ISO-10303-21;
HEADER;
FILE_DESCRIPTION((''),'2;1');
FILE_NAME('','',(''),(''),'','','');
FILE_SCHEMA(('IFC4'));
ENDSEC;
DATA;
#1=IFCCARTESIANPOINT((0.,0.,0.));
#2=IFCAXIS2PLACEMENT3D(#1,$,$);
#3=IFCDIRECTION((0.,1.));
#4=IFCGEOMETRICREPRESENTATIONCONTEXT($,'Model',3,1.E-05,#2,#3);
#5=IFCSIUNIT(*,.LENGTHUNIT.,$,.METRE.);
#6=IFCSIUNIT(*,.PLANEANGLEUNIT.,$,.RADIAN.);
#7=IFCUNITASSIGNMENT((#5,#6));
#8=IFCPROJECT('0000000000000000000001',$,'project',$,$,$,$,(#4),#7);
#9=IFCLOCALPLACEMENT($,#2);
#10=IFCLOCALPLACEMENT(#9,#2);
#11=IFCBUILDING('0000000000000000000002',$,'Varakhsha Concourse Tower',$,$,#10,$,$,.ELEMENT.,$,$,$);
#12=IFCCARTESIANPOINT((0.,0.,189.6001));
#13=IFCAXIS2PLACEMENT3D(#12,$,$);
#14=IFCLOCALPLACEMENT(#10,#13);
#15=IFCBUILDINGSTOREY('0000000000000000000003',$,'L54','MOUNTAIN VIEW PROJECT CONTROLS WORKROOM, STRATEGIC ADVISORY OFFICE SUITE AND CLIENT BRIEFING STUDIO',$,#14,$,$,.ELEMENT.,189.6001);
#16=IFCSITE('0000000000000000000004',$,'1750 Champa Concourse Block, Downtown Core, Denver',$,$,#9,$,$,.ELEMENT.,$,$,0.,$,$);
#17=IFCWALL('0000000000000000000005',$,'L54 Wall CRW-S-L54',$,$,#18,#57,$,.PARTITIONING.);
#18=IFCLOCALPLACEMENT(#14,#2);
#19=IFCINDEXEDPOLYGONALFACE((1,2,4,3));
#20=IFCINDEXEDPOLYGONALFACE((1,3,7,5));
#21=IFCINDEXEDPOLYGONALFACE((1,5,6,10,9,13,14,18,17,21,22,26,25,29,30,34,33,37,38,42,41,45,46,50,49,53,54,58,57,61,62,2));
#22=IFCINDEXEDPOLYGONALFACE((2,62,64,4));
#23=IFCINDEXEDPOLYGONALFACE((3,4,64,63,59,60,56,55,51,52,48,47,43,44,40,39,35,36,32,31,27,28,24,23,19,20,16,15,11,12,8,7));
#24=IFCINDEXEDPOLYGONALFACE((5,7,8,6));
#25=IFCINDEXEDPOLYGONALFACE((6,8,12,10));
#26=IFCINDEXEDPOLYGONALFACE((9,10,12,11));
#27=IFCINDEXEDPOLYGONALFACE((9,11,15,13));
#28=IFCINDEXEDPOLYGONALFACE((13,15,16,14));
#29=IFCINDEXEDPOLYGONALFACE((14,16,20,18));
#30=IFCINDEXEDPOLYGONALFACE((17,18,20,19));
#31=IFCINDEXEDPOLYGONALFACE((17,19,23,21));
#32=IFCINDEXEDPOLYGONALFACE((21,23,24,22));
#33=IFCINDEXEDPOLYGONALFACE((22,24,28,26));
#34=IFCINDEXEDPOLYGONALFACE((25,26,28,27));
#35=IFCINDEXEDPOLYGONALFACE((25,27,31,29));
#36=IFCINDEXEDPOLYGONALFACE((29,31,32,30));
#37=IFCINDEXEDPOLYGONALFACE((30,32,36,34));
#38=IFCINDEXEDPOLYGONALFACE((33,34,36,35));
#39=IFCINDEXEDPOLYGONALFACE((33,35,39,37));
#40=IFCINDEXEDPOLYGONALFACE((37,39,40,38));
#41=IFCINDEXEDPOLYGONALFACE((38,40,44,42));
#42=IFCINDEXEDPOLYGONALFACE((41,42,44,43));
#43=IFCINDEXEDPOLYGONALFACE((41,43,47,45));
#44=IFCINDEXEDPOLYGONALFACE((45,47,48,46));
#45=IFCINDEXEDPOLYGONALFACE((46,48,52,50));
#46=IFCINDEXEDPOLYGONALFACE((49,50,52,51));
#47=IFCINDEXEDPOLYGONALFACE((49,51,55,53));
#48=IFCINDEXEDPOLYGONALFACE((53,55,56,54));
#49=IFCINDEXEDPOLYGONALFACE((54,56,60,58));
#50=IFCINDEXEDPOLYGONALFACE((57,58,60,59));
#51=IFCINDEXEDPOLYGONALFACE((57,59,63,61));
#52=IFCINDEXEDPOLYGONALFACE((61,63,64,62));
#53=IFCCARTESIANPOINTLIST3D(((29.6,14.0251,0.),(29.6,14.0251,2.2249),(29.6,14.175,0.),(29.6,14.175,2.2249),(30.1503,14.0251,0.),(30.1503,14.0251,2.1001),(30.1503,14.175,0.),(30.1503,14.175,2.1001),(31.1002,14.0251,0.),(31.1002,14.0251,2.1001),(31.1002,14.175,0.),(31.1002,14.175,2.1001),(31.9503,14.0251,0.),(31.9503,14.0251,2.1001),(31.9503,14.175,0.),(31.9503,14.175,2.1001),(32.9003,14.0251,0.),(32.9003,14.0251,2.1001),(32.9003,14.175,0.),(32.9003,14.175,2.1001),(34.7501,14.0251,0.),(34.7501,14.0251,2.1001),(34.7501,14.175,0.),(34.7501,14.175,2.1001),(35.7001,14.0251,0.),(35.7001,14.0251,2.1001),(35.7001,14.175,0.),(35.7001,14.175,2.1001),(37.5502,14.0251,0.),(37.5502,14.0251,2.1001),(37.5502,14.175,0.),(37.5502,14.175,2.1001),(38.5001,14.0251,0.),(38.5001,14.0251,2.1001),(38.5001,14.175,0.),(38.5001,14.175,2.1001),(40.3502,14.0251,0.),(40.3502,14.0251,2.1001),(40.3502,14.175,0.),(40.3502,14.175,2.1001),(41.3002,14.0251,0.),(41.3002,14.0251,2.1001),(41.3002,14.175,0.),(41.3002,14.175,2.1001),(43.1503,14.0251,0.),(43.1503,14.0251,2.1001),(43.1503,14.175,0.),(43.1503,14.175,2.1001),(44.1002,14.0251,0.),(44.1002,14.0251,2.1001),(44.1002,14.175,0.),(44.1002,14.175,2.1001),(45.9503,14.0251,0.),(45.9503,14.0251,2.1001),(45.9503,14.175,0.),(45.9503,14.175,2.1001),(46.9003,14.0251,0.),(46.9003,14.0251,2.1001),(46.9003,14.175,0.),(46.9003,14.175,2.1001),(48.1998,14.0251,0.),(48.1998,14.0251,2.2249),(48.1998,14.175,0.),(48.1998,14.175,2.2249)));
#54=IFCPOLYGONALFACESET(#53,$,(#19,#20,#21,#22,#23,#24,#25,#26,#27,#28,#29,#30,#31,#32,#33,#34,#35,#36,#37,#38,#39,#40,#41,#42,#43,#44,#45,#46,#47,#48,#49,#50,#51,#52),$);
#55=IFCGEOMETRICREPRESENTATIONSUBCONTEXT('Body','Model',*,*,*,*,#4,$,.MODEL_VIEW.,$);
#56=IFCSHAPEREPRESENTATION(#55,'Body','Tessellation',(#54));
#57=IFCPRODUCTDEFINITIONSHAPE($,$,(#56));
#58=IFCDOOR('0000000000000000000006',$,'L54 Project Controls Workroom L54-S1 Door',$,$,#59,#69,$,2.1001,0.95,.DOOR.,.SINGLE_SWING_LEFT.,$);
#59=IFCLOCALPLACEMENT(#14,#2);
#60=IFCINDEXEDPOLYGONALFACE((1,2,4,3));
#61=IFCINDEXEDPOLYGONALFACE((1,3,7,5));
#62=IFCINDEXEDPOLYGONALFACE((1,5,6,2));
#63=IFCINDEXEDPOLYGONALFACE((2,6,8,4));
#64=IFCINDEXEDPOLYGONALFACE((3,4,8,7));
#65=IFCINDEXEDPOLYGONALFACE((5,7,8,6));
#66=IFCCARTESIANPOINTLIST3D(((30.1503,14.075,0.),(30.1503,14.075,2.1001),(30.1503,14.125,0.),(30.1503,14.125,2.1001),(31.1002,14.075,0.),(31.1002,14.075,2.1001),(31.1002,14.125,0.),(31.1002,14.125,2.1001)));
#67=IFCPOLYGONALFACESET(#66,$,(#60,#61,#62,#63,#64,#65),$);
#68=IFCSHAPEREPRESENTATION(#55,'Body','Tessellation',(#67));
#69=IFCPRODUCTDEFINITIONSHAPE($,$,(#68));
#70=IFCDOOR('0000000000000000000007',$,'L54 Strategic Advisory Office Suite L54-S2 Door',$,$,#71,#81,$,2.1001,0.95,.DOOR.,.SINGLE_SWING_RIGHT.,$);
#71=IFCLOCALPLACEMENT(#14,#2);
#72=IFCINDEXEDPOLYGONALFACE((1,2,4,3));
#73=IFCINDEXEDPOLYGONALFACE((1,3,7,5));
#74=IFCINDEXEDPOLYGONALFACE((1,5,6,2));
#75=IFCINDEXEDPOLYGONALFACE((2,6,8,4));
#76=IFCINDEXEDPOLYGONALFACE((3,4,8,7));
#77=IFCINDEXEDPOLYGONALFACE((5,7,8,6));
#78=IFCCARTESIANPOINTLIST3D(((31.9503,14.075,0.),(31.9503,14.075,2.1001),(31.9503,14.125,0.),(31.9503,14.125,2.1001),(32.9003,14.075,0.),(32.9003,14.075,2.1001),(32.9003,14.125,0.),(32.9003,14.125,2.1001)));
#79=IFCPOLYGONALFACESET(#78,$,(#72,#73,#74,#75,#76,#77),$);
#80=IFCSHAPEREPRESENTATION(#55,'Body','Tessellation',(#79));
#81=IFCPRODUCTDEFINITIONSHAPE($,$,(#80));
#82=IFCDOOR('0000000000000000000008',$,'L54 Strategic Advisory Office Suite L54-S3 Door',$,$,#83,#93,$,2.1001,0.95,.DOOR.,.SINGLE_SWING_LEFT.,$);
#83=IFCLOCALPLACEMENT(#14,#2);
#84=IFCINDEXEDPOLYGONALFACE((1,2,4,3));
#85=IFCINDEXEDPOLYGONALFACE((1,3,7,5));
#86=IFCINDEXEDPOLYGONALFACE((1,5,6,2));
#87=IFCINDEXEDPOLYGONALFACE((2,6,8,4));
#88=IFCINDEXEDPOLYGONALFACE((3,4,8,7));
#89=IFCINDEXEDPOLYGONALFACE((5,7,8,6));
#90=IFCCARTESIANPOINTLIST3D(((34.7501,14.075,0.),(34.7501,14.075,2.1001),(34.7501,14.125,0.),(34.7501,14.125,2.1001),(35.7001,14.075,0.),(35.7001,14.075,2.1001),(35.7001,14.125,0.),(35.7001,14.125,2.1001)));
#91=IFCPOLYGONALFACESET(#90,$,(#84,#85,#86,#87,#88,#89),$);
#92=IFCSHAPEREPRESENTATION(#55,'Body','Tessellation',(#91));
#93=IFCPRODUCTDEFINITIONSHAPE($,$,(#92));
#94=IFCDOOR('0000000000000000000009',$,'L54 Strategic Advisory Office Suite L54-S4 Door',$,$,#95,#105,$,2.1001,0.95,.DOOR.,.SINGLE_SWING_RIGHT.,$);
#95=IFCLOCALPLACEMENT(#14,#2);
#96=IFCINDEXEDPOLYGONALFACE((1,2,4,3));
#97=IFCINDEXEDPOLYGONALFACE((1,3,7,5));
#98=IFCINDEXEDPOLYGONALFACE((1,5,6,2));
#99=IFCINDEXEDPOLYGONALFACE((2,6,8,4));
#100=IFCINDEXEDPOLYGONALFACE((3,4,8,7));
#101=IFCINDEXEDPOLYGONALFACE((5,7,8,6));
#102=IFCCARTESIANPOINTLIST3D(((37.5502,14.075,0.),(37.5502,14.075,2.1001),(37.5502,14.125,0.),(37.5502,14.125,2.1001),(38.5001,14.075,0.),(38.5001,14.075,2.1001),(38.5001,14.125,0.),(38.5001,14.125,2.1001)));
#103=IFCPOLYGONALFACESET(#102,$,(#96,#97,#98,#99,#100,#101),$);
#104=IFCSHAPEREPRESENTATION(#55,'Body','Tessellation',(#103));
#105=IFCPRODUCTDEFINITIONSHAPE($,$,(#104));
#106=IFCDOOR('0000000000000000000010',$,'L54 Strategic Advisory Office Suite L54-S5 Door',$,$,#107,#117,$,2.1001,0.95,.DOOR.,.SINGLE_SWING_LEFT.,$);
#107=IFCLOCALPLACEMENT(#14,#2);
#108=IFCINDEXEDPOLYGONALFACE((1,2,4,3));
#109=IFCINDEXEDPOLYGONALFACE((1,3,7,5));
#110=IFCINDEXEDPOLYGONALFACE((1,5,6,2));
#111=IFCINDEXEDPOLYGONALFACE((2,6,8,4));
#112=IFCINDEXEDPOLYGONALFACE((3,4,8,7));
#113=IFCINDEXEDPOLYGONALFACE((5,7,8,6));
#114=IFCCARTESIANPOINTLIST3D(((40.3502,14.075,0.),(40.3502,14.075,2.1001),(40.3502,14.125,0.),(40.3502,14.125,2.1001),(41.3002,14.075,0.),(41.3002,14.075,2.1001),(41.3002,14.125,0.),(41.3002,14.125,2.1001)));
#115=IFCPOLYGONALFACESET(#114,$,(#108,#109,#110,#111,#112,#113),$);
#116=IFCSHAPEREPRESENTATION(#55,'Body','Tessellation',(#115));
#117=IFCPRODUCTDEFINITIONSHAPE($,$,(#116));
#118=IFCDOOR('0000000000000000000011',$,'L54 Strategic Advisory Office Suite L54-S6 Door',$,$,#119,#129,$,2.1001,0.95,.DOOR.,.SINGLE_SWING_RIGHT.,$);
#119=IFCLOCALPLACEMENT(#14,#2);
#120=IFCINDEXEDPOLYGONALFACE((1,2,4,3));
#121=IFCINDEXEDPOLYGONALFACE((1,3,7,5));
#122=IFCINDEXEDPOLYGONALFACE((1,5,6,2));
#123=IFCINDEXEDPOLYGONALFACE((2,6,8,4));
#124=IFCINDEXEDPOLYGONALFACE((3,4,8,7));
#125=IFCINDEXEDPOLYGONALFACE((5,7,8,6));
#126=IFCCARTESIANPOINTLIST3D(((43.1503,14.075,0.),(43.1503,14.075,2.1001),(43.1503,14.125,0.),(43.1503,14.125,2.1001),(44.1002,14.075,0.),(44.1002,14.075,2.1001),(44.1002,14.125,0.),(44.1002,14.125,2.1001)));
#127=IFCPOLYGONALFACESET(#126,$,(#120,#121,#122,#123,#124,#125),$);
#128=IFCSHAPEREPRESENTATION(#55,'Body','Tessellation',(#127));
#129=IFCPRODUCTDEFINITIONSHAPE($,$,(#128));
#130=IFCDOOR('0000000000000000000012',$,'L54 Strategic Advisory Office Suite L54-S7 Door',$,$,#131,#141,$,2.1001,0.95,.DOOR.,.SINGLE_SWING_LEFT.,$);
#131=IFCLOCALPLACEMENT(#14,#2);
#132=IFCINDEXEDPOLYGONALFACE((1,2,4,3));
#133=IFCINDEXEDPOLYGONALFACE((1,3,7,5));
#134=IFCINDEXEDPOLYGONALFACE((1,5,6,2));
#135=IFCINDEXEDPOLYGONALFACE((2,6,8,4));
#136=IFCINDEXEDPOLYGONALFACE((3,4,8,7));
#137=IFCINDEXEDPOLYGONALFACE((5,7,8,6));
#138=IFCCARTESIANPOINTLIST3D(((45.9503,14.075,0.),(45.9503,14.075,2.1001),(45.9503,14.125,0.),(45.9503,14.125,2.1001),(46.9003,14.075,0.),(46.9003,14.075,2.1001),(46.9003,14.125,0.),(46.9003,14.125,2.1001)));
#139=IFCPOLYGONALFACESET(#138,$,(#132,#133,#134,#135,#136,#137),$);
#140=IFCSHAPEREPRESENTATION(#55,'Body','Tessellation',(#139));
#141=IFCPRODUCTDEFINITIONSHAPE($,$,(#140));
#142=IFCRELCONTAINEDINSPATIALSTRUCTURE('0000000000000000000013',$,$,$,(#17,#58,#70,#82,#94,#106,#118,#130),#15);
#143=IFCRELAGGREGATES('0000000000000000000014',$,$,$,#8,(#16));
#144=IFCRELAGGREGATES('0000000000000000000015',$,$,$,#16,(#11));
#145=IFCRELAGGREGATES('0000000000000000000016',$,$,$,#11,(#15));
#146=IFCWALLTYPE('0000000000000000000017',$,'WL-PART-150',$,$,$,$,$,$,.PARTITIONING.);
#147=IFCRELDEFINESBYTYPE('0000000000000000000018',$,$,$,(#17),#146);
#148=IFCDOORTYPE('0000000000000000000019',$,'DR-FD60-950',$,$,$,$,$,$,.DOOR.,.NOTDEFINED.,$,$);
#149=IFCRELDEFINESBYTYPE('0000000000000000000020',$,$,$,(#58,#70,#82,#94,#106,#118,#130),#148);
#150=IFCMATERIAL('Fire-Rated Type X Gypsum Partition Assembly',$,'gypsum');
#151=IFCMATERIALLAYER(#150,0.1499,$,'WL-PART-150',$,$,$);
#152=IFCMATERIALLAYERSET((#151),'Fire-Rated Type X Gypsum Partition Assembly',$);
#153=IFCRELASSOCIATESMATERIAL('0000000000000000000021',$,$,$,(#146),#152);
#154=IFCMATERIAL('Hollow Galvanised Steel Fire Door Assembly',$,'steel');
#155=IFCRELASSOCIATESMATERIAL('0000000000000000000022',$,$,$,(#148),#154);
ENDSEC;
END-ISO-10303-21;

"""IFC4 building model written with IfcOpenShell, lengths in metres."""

from ifc_helpers import new_model, si_unit, direction, frame, frame_2d, origin, place, context, subcontext, project, spatial, rectangle, extrude, material, layer, layer_set, type_object, element, fill, save


model = new_model("IFC4")

# Units and contexts
model_context = context("Model", 3, precision=1e-05, world=origin(), true_north=direction((0.0, 1.0)))
body_context = subcontext(model_context, "Body", "Model", "MODEL_VIEW")
ifc_project = project(units=[si_unit("LENGTHUNIT", "METRE"), si_unit("PLANEANGLEUNIT", "RADIAN")], contexts=[model_context])

# Site, building, storey
site_placement = place(None, origin())
site = spatial("IfcSite", under=ifc_project, at=site_placement, Name="1750 Champa Concourse Block, Downtown Core, Denver", CompositionType="ELEMENT", RefElevation=0.0)
building_placement = place(site_placement, origin())
building = spatial("IfcBuilding", under=site, at=building_placement, Name="Varakhsha Concourse Tower", CompositionType="ELEMENT")
storey_placement = place(building_placement, frame((0.0, 0.0, 189.6001)))
storey = spatial("IfcBuildingStorey", under=building, at=storey_placement, Name="L54", Description="MOUNTAIN VIEW PROJECT CONTROLS WORKROOM, STRATEGIC ADVISORY OFFICE SUITE AND CLIENT BRIEFING STUDIO", CompositionType="ELEMENT", Elevation=189.6001)

# Wall, openings, doors
ifc_material_1 = material(Name="Fire-Rated Type X Gypsum Partition Assembly", Category="gypsum")
ifc_layer_1 = layer(ifc_material_1, 0.1499, Name="WL-PART-150")
ifc_layer_set_1 = layer_set([ifc_layer_1], Name="Fire-Rated Type X Gypsum Partition Assembly")
wall_type = type_object("IfcWallType", Name="WL-PART-150", PredefinedType="PARTITIONING", material=ifc_layer_set_1)
wall_1_placement = place(storey_placement, frame((29.6001, 14.1001, 0.0), z_axis=(0.0, 0.0, 1.0), x_axis=(1.0, 0.0, 0.0)))
wall_1 = element("IfcWall", 1, at=wall_1_placement, inside=storey, type_object=wall_type, Name="L54 Wall CRW-S-L54", PredefinedType="PARTITIONING", context=body_context, shape_type="SweptSolid", body=[
    extrude(rectangle(XDim=18.5999, YDim=0.1499, at=frame_2d((9.2998, 0.0))), origin(), (0.0, 0.0, 1.0), 2.2249),
])
opening_1_placement = place(wall_1_placement, frame((0.55, 0.0, 0.0)))
opening_1 = element("IfcOpeningElement", 2, at=opening_1_placement, cuts=wall_1, PredefinedType="OPENING", context=body_context, shape_type="SweptSolid", body=[
    extrude(rectangle(XDim=0.95, YDim=2.1001, at=frame_2d((0.4751, 1.05))), frame((0.0, 0.085, 0.0), z_axis=(0.0, -1.0, 0.0), x_axis=(1.0, 0.0, 0.0)), (0.0, 0.0, 1.0), 0.1699),
])
opening_2_placement = place(wall_1_placement, frame((2.3501, 0.0, 0.0)))
opening_2 = element("IfcOpeningElement", 3, at=opening_2_placement, cuts=wall_1, PredefinedType="OPENING", context=body_context, shape_type="SweptSolid", body=[
    extrude(rectangle(XDim=0.95, YDim=2.1001, at=frame_2d((0.4751, 1.05))), frame((0.0, 0.085, 0.0), z_axis=(0.0, -1.0, 0.0), x_axis=(1.0, 0.0, 0.0)), (0.0, 0.0, 1.0), 0.1699),
])
opening_3_placement = place(wall_1_placement, frame((5.1499, 0.0, 0.0)))
opening_3 = element("IfcOpeningElement", 4, at=opening_3_placement, cuts=wall_1, PredefinedType="OPENING", context=body_context, shape_type="SweptSolid", body=[
    extrude(rectangle(XDim=0.95, YDim=2.1001, at=frame_2d((0.4751, 1.05))), frame((0.0, 0.085, 0.0), z_axis=(0.0, -1.0, 0.0), x_axis=(1.0, 0.0, 0.0)), (0.0, 0.0, 1.0), 0.1699),
])
opening_4_placement = place(wall_1_placement, frame((7.95, 0.0, 0.0)))
opening_4 = element("IfcOpeningElement", 5, at=opening_4_placement, cuts=wall_1, PredefinedType="OPENING", context=body_context, shape_type="SweptSolid", body=[
    extrude(rectangle(XDim=0.95, YDim=2.1001, at=frame_2d((0.4751, 1.05))), frame((0.0, 0.085, 0.0), z_axis=(0.0, -1.0, 0.0), x_axis=(1.0, 0.0, 0.0)), (0.0, 0.0, 1.0), 0.1699),
])
opening_5_placement = place(wall_1_placement, frame((10.75, 0.0, 0.0)))
opening_5 = element("IfcOpeningElement", 6, at=opening_5_placement, cuts=wall_1, PredefinedType="OPENING", context=body_context, shape_type="SweptSolid", body=[
    extrude(rectangle(XDim=0.95, YDim=2.1001, at=frame_2d((0.4751, 1.05))), frame((0.0, 0.085, 0.0), z_axis=(0.0, -1.0, 0.0), x_axis=(1.0, 0.0, 0.0)), (0.0, 0.0, 1.0), 0.1699),
])
opening_6_placement = place(wall_1_placement, frame((13.55, 0.0, 0.0)))
opening_6 = element("IfcOpeningElement", 7, at=opening_6_placement, cuts=wall_1, PredefinedType="OPENING", context=body_context, shape_type="SweptSolid", body=[
    extrude(rectangle(XDim=0.95, YDim=2.1001, at=frame_2d((0.4751, 1.05))), frame((0.0, 0.085, 0.0), z_axis=(0.0, -1.0, 0.0), x_axis=(1.0, 0.0, 0.0)), (0.0, 0.0, 1.0), 0.1699),
])
opening_7_placement = place(wall_1_placement, frame((16.3501, 0.0, 0.0)))
opening_7 = element("IfcOpeningElement", 8, at=opening_7_placement, cuts=wall_1, PredefinedType="OPENING", context=body_context, shape_type="SweptSolid", body=[
    extrude(rectangle(XDim=0.95, YDim=2.1001, at=frame_2d((0.4751, 1.05))), frame((0.0, 0.085, 0.0), z_axis=(0.0, -1.0, 0.0), x_axis=(1.0, 0.0, 0.0)), (0.0, 0.0, 1.0), 0.1699),
])
ifc_material_2 = material(Name="Hollow Galvanised Steel Fire Door Assembly", Category="steel")
door_type_1 = type_object("IfcDoorType", Name="DR-FD60-950", OperationType="NOTDEFINED", PredefinedType="DOOR", material=ifc_material_2)
door_1_placement = place(opening_1_placement, origin())
door_1 = element("IfcDoor", 9, at=door_1_placement, inside=storey, type_object=door_type_1, Name="L54 Project Controls Workroom L54-S1 Door", OperationType="SINGLE_SWING_LEFT", OverallHeight=2.1001, OverallWidth=0.95, PredefinedType="DOOR", context=body_context, shape_type="SweptSolid", body=[
    extrude(rectangle(XDim=0.95, YDim=2.1001, at=frame_2d((0.4751, 1.05))), frame((0.0, 0.0249, 0.0), z_axis=(0.0, -1.0, 0.0), x_axis=(1.0, 0.0, 0.0)), (0.0, 0.0, 1.0), 0.05),
])
fill(opening_1, door_1)
door_2_placement = place(opening_2_placement, origin())
door_2 = element("IfcDoor", 10, at=door_2_placement, inside=storey, type_object=door_type_1, Name="L54 Strategic Advisory Office Suite L54-S2 Door", OperationType="SINGLE_SWING_RIGHT", OverallHeight=2.1001, OverallWidth=0.95, PredefinedType="DOOR", context=body_context, shape_type="SweptSolid", body=[
    extrude(rectangle(XDim=0.95, YDim=2.1001, at=frame_2d((0.4751, 1.05))), frame((0.0, 0.0249, 0.0), z_axis=(0.0, -1.0, 0.0), x_axis=(1.0, 0.0, 0.0)), (0.0, 0.0, 1.0), 0.05),
])
fill(opening_2, door_2)
door_3_placement = place(opening_3_placement, origin())
door_3 = element("IfcDoor", 11, at=door_3_placement, inside=storey, type_object=door_type_1, Name="L54 Strategic Advisory Office Suite L54-S3 Door", OperationType="SINGLE_SWING_LEFT", OverallHeight=2.1001, OverallWidth=0.95, PredefinedType="DOOR", context=body_context, shape_type="SweptSolid", body=[
    extrude(rectangle(XDim=0.95, YDim=2.1001, at=frame_2d((0.4751, 1.05))), frame((0.0, 0.0249, 0.0), z_axis=(0.0, -1.0, 0.0), x_axis=(1.0, 0.0, 0.0)), (0.0, 0.0, 1.0), 0.05),
])
fill(opening_3, door_3)
door_4_placement = place(opening_4_placement, origin())
door_4 = element("IfcDoor", 12, at=door_4_placement, inside=storey, type_object=door_type_1, Name="L54 Strategic Advisory Office Suite L54-S4 Door", OperationType="SINGLE_SWING_RIGHT", OverallHeight=2.1001, OverallWidth=0.95, PredefinedType="DOOR", context=body_context, shape_type="SweptSolid", body=[
    extrude(rectangle(XDim=0.95, YDim=2.1001, at=frame_2d((0.4751, 1.05))), frame((0.0, 0.0249, 0.0), z_axis=(0.0, -1.0, 0.0), x_axis=(1.0, 0.0, 0.0)), (0.0, 0.0, 1.0), 0.05),
])
fill(opening_4, door_4)
door_5_placement = place(opening_5_placement, origin())
door_5 = element("IfcDoor", 13, at=door_5_placement, inside=storey, type_object=door_type_1, Name="L54 Strategic Advisory Office Suite L54-S5 Door", OperationType="SINGLE_SWING_LEFT", OverallHeight=2.1001, OverallWidth=0.95, PredefinedType="DOOR", context=body_context, shape_type="SweptSolid", body=[
    extrude(rectangle(XDim=0.95, YDim=2.1001, at=frame_2d((0.4751, 1.05))), frame((0.0, 0.0249, 0.0), z_axis=(0.0, -1.0, 0.0), x_axis=(1.0, 0.0, 0.0)), (0.0, 0.0, 1.0), 0.05),
])
fill(opening_5, door_5)
door_6_placement = place(opening_6_placement, origin())
door_6 = element("IfcDoor", 14, at=door_6_placement, inside=storey, type_object=door_type_1, Name="L54 Strategic Advisory Office Suite L54-S6 Door", OperationType="SINGLE_SWING_RIGHT", OverallHeight=2.1001, OverallWidth=0.95, PredefinedType="DOOR", context=body_context, shape_type="SweptSolid", body=[
    extrude(rectangle(XDim=0.95, YDim=2.1001, at=frame_2d((0.4751, 1.05))), frame((0.0, 0.0249, 0.0), z_axis=(0.0, -1.0, 0.0), x_axis=(1.0, 0.0, 0.0)), (0.0, 0.0, 1.0), 0.05),
])
fill(opening_6, door_6)
door_7_placement = place(opening_7_placement, origin())
door_7 = element("IfcDoor", 15, at=door_7_placement, inside=storey, type_object=door_type_1, Name="L54 Strategic Advisory Office Suite L54-S7 Door", OperationType="SINGLE_SWING_LEFT", OverallHeight=2.1001, OverallWidth=0.95, PredefinedType="DOOR", context=body_context, shape_type="SweptSolid", body=[
    extrude(rectangle(XDim=0.95, YDim=2.1001, at=frame_2d((0.4751, 1.05))), frame((0.0, 0.0249, 0.0), z_axis=(0.0, -1.0, 0.0), x_axis=(1.0, 0.0, 0.0)), (0.0, 0.0, 1.0), 0.05),
])
fill(opening_7, door_7)

save(model, "model.ifc")
